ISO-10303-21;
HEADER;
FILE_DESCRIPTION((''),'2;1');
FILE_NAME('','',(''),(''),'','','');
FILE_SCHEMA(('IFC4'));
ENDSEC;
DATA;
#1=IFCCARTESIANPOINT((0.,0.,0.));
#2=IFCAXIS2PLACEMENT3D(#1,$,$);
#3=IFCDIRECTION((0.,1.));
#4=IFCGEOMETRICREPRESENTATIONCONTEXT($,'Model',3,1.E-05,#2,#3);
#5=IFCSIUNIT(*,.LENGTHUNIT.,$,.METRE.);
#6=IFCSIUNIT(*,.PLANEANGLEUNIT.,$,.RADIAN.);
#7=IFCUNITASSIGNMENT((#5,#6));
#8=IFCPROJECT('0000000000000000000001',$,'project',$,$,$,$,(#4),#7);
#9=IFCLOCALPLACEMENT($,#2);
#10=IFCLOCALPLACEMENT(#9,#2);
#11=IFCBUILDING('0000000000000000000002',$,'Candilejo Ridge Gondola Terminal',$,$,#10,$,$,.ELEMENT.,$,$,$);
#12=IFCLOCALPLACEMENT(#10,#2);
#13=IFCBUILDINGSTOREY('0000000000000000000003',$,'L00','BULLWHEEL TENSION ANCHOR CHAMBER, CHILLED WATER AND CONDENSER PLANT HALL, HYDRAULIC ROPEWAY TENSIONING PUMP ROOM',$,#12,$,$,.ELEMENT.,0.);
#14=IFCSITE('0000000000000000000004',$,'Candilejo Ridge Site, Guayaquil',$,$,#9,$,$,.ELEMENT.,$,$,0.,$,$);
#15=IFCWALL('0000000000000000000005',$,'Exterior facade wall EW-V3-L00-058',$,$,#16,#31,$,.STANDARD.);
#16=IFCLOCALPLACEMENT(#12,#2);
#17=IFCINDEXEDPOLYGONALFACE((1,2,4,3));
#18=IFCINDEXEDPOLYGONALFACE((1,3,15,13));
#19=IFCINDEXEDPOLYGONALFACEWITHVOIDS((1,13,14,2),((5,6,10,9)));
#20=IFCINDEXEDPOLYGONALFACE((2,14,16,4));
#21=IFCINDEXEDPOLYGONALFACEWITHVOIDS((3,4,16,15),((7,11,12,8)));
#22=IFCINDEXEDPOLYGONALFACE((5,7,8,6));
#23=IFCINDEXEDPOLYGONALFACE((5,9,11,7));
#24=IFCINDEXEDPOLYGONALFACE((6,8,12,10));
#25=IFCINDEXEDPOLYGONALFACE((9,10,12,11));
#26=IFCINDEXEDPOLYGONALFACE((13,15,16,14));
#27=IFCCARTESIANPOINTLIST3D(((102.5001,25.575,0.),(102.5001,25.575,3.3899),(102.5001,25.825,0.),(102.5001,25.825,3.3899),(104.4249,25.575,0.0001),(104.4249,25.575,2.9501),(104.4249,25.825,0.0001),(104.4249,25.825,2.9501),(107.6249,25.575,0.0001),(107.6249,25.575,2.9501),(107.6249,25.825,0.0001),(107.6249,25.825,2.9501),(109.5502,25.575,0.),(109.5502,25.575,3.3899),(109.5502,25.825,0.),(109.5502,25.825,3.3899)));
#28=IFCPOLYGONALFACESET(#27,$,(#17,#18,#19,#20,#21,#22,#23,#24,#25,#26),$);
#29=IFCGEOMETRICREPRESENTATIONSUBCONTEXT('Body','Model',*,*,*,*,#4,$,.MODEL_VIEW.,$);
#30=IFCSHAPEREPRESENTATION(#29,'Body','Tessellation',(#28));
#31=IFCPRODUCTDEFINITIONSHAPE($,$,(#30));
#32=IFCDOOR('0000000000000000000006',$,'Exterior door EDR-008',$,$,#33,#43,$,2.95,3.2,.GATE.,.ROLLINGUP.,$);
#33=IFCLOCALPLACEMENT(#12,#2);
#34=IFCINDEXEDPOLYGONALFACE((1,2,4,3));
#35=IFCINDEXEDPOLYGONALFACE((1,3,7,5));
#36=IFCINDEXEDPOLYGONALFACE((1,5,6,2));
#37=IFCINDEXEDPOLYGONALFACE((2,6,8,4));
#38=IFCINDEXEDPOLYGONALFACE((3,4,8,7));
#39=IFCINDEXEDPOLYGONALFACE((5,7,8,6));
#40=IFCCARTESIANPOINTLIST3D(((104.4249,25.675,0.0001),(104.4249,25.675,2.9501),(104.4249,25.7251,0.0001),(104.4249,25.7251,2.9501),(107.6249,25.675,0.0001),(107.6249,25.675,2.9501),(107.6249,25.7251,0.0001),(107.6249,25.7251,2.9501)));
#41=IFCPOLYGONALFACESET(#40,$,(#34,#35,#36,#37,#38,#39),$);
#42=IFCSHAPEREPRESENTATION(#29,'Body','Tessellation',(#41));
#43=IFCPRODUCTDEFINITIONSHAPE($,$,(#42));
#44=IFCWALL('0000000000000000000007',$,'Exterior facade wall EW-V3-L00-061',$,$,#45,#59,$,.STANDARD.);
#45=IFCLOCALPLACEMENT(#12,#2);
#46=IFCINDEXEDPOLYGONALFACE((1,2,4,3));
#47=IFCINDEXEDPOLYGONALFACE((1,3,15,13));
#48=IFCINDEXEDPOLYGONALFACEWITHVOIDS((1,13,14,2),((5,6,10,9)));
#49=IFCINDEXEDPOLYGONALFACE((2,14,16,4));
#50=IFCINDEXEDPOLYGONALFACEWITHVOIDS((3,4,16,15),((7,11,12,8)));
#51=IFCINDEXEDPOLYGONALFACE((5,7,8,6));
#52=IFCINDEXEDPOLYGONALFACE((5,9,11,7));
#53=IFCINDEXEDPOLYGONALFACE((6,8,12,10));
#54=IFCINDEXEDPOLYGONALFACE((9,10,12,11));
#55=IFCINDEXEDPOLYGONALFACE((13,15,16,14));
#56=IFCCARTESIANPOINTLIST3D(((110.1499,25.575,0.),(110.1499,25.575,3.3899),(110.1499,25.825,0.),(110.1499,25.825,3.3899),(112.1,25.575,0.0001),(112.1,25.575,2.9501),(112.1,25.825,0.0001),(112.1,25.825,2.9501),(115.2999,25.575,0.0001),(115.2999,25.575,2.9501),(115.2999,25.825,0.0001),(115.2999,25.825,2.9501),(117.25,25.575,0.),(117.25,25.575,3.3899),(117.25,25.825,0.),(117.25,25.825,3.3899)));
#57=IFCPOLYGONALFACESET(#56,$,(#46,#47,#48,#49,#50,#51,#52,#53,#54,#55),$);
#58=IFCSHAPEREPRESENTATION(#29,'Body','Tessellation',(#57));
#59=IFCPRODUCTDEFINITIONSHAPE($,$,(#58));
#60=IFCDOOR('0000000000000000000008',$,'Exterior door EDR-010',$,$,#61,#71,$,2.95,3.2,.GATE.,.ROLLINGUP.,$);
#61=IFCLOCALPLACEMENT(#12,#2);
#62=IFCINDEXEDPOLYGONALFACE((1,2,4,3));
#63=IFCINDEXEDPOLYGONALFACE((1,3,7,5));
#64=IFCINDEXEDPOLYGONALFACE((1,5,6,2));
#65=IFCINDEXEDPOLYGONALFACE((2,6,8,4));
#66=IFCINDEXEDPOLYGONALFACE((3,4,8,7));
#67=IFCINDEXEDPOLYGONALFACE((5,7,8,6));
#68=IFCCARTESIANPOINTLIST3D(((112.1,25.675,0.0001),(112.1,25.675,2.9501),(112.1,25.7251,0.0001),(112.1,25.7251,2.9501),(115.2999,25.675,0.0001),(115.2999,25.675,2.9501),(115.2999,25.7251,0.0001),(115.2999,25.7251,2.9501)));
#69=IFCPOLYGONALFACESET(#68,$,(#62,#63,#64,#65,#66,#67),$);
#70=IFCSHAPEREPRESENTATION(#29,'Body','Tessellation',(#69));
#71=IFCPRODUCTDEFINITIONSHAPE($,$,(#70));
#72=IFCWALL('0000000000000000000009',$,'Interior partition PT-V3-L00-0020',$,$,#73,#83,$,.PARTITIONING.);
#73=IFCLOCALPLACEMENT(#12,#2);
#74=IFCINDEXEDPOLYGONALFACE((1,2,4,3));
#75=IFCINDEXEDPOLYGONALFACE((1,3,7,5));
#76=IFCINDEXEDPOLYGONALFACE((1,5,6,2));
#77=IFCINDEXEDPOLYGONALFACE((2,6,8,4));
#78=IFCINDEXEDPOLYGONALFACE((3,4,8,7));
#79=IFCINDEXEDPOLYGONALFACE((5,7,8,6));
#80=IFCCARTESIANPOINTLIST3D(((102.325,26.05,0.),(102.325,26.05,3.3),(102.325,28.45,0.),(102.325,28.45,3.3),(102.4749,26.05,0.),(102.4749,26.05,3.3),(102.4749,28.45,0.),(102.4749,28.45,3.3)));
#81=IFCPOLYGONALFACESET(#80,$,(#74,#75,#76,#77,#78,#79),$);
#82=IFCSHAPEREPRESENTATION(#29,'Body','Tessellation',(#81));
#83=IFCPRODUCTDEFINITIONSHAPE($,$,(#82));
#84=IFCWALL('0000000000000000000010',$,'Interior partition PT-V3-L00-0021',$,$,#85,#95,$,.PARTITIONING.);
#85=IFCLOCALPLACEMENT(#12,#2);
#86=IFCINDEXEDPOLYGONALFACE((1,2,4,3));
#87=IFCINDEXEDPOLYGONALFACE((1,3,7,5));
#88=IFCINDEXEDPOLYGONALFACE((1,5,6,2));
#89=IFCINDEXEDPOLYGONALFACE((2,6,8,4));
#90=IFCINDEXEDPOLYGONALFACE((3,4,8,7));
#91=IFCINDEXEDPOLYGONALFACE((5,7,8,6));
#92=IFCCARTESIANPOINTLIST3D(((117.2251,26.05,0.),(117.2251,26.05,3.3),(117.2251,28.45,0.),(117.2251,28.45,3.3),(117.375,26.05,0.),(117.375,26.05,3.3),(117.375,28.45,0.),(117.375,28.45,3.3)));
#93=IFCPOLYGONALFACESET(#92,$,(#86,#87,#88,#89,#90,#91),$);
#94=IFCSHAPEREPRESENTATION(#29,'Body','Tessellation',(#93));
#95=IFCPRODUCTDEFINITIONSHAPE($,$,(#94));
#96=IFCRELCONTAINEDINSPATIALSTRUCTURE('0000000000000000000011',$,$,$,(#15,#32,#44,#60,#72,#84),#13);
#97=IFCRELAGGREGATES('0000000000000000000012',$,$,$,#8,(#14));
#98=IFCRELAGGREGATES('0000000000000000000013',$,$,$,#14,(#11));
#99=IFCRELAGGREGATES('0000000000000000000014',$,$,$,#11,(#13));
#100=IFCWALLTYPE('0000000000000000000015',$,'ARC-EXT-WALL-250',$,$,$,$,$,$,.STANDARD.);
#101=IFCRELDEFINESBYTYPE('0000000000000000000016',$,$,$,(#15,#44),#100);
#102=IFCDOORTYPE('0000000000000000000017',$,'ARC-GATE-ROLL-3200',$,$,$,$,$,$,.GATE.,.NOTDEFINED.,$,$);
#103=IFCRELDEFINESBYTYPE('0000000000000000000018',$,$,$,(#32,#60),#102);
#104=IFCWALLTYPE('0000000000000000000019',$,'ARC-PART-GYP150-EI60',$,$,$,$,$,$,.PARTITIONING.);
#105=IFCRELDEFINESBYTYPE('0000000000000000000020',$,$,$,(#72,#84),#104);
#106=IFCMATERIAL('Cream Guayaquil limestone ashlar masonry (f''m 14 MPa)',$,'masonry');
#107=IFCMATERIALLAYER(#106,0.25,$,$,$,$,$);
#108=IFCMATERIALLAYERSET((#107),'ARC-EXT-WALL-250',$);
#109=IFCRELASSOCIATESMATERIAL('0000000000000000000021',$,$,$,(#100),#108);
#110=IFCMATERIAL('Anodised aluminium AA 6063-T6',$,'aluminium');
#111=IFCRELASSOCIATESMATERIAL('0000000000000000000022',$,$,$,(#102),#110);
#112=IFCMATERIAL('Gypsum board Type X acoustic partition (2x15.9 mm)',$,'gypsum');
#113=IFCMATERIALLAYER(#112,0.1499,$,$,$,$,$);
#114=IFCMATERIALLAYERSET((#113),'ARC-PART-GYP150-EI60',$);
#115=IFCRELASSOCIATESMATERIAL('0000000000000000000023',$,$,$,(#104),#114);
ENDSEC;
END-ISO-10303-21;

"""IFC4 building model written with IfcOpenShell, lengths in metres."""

from ifc_helpers import new_model, si_unit, direction, frame, frame_2d, origin, place, context, subcontext, project, spatial, rectangle, extrude, material, layer, layer_set, type_object, element, fill, save


model = new_model("IFC4")

# Units and contexts
model_context = context("Model", 3, precision=1e-05, world=origin(), true_north=direction((0.0, 1.0)))
body_context = subcontext(model_context, "Body", "Model", "MODEL_VIEW")
ifc_project = project(units=[si_unit("LENGTHUNIT", "METRE"), si_unit("PLANEANGLEUNIT", "RADIAN")], contexts=[model_context])

# Site, building, storey
site_placement = place(None, origin())
site = spatial("IfcSite", under=ifc_project, at=site_placement, Name="Candilejo Ridge Site, Guayaquil", CompositionType="ELEMENT", RefElevation=0.0)
building_placement = place(site_placement, origin())
building = spatial("IfcBuilding", under=site, at=building_placement, Name="Candilejo Ridge Gondola Terminal", CompositionType="ELEMENT")
storey_placement = place(building_placement, origin())
storey = spatial("IfcBuildingStorey", under=building, at=storey_placement, Name="L00", Description="BULLWHEEL TENSION ANCHOR CHAMBER, CHILLED WATER AND CONDENSER PLANT HALL, HYDRAULIC ROPEWAY TENSIONING PUMP ROOM", CompositionType="ELEMENT", Elevation=0.0)

# Shared definitions
ifc_material_1 = material(Name="Cream Guayaquil limestone ashlar masonry (f'm 14 MPa)", Category="masonry")
ifc_layer_1 = layer(ifc_material_1, 0.25)
ifc_layer_set_1 = layer_set([ifc_layer_1], Name="ARC-EXT-WALL-250")
wall_type_1 = type_object("IfcWallType", Name="ARC-EXT-WALL-250", PredefinedType="STANDARD", material=ifc_layer_set_1)

# Walls, openings, doors
wall_1_placement = place(storey_placement, frame((109.55, 25.7, 0.0), z_axis=(0.0, 0.0, 1.0), x_axis=(-1.0, 0.0, 0.0)))
wall_1 = element("IfcWall", 1, at=wall_1_placement, inside=storey, type_object=wall_type_1, Name="Exterior facade wall EW-V3-L00-058", PredefinedType="STANDARD", context=body_context, shape_type="SweptSolid", body=[
    extrude(rectangle(XDim=7.05, YDim=0.25, at=frame_2d((3.5249, 0.0))), origin(), (0.0, 0.0, 1.0), 3.3899),
])
opening_1_placement = place(wall_1_placement, frame((1.925, 0.0, 0.0)))
opening_1 = element("IfcOpeningElement", 2, at=opening_1_placement, cuts=wall_1, PredefinedType="OPENING", context=body_context, shape_type="SweptSolid", body=[
    extrude(rectangle(XDim=3.2, YDim=2.95, at=frame_2d((1.6001, 1.4751))), frame((0.0, 0.135, 0.0), z_axis=(0.0, -1.0, 0.0), x_axis=(1.0, 0.0, 0.0)), (0.0, 0.0, 1.0), 0.27),
])
ifc_material_2 = material(Name="Anodised aluminium AA 6063-T6", Category="aluminium")
door_type = type_object("IfcDoorType", Name="ARC-GATE-ROLL-3200", OperationType="NOTDEFINED", PredefinedType="GATE", material=ifc_material_2)
door_1_placement = place(opening_1_placement, origin())
door_1 = element("IfcDoor", 3, at=door_1_placement, inside=storey, type_object=door_type, Name="Exterior door EDR-008", OperationType="ROLLINGUP", OverallHeight=2.95, OverallWidth=3.2, PredefinedType="GATE", context=body_context, shape_type="SweptSolid", body=[
    extrude(rectangle(XDim=3.2, YDim=2.95, at=frame_2d((1.6001, 1.4751))), frame((0.0, 0.0249, 0.0), z_axis=(0.0, -1.0, 0.0), x_axis=(1.0, 0.0, 0.0)), (0.0, 0.0, 1.0), 0.05),
])
fill(opening_1, door_1)
wall_2_placement = place(storey_placement, frame((117.25, 25.7, 0.0), z_axis=(0.0, 0.0, 1.0), x_axis=(-1.0, 0.0, 0.0)))
wall_2 = element("IfcWall", 4, at=wall_2_placement, inside=storey, type_object=wall_type_1, Name="Exterior facade wall EW-V3-L00-061", PredefinedType="STANDARD", context=body_context, shape_type="SweptSolid", body=[
    extrude(rectangle(XDim=7.1001, YDim=0.25, at=frame_2d((3.55, 0.0))), origin(), (0.0, 0.0, 1.0), 3.3899),
])
opening_2_placement = place(wall_2_placement, frame((1.95, 0.0, 0.0)))
opening_2 = element("IfcOpeningElement", 5, at=opening_2_placement, cuts=wall_2, PredefinedType="OPENING", context=body_context, shape_type="SweptSolid", body=[
    extrude(rectangle(XDim=3.2, YDim=2.95, at=frame_2d((1.6001, 1.4751))), frame((0.0, 0.135, 0.0), z_axis=(0.0, -1.0, 0.0), x_axis=(1.0, 0.0, 0.0)), (0.0, 0.0, 1.0), 0.27),
])
door_2_placement = place(opening_2_placement, origin())
door_2 = element("IfcDoor", 6, at=door_2_placement, inside=storey, type_object=door_type, Name="Exterior door EDR-010", OperationType="ROLLINGUP", OverallHeight=2.95, OverallWidth=3.2, PredefinedType="GATE", context=body_context, shape_type="SweptSolid", body=[
    extrude(rectangle(XDim=3.2, YDim=2.95, at=frame_2d((1.6001, 1.4751))), frame((0.0, 0.0249, 0.0), z_axis=(0.0, -1.0, 0.0), x_axis=(1.0, 0.0, 0.0)), (0.0, 0.0, 1.0), 0.05),
])
fill(opening_2, door_2)

# Walls
ifc_material_3 = material(Name="Gypsum board Type X acoustic partition (2x15.9 mm)", Category="gypsum")
ifc_layer_2 = layer(ifc_material_3, 0.1499)
ifc_layer_set_2 = layer_set([ifc_layer_2], Name="ARC-PART-GYP150-EI60")
wall_type_2 = type_object("IfcWallType", Name="ARC-PART-GYP150-EI60", PredefinedType="PARTITIONING", material=ifc_layer_set_2)
for number, where, z_axis, x_axis, name in (
    (7, (102.3999, 26.05, 0.0), (0.0, 0.0, 1.0), (0.0, 1.0, 0.0), "Interior partition PT-V3-L00-0020"),
    (8, (117.3, 26.05, 0.0), (0.0, 0.0, 1.0), (0.0, 1.0, 0.0), "Interior partition PT-V3-L00-0021"),
):
    element("IfcWall", number, at=place(storey_placement, frame(where, z_axis=z_axis, x_axis=x_axis)), inside=storey, type_object=wall_type_2, Name=name, PredefinedType="PARTITIONING", context=body_context, shape_type="SweptSolid", body=[
        extrude(rectangle(XDim=2.3999, YDim=0.1499, at=frame_2d((1.2, 0.0))), origin(), (0.0, 0.0, 1.0), 3.3),
    ])

save(model, "model.ifc")
